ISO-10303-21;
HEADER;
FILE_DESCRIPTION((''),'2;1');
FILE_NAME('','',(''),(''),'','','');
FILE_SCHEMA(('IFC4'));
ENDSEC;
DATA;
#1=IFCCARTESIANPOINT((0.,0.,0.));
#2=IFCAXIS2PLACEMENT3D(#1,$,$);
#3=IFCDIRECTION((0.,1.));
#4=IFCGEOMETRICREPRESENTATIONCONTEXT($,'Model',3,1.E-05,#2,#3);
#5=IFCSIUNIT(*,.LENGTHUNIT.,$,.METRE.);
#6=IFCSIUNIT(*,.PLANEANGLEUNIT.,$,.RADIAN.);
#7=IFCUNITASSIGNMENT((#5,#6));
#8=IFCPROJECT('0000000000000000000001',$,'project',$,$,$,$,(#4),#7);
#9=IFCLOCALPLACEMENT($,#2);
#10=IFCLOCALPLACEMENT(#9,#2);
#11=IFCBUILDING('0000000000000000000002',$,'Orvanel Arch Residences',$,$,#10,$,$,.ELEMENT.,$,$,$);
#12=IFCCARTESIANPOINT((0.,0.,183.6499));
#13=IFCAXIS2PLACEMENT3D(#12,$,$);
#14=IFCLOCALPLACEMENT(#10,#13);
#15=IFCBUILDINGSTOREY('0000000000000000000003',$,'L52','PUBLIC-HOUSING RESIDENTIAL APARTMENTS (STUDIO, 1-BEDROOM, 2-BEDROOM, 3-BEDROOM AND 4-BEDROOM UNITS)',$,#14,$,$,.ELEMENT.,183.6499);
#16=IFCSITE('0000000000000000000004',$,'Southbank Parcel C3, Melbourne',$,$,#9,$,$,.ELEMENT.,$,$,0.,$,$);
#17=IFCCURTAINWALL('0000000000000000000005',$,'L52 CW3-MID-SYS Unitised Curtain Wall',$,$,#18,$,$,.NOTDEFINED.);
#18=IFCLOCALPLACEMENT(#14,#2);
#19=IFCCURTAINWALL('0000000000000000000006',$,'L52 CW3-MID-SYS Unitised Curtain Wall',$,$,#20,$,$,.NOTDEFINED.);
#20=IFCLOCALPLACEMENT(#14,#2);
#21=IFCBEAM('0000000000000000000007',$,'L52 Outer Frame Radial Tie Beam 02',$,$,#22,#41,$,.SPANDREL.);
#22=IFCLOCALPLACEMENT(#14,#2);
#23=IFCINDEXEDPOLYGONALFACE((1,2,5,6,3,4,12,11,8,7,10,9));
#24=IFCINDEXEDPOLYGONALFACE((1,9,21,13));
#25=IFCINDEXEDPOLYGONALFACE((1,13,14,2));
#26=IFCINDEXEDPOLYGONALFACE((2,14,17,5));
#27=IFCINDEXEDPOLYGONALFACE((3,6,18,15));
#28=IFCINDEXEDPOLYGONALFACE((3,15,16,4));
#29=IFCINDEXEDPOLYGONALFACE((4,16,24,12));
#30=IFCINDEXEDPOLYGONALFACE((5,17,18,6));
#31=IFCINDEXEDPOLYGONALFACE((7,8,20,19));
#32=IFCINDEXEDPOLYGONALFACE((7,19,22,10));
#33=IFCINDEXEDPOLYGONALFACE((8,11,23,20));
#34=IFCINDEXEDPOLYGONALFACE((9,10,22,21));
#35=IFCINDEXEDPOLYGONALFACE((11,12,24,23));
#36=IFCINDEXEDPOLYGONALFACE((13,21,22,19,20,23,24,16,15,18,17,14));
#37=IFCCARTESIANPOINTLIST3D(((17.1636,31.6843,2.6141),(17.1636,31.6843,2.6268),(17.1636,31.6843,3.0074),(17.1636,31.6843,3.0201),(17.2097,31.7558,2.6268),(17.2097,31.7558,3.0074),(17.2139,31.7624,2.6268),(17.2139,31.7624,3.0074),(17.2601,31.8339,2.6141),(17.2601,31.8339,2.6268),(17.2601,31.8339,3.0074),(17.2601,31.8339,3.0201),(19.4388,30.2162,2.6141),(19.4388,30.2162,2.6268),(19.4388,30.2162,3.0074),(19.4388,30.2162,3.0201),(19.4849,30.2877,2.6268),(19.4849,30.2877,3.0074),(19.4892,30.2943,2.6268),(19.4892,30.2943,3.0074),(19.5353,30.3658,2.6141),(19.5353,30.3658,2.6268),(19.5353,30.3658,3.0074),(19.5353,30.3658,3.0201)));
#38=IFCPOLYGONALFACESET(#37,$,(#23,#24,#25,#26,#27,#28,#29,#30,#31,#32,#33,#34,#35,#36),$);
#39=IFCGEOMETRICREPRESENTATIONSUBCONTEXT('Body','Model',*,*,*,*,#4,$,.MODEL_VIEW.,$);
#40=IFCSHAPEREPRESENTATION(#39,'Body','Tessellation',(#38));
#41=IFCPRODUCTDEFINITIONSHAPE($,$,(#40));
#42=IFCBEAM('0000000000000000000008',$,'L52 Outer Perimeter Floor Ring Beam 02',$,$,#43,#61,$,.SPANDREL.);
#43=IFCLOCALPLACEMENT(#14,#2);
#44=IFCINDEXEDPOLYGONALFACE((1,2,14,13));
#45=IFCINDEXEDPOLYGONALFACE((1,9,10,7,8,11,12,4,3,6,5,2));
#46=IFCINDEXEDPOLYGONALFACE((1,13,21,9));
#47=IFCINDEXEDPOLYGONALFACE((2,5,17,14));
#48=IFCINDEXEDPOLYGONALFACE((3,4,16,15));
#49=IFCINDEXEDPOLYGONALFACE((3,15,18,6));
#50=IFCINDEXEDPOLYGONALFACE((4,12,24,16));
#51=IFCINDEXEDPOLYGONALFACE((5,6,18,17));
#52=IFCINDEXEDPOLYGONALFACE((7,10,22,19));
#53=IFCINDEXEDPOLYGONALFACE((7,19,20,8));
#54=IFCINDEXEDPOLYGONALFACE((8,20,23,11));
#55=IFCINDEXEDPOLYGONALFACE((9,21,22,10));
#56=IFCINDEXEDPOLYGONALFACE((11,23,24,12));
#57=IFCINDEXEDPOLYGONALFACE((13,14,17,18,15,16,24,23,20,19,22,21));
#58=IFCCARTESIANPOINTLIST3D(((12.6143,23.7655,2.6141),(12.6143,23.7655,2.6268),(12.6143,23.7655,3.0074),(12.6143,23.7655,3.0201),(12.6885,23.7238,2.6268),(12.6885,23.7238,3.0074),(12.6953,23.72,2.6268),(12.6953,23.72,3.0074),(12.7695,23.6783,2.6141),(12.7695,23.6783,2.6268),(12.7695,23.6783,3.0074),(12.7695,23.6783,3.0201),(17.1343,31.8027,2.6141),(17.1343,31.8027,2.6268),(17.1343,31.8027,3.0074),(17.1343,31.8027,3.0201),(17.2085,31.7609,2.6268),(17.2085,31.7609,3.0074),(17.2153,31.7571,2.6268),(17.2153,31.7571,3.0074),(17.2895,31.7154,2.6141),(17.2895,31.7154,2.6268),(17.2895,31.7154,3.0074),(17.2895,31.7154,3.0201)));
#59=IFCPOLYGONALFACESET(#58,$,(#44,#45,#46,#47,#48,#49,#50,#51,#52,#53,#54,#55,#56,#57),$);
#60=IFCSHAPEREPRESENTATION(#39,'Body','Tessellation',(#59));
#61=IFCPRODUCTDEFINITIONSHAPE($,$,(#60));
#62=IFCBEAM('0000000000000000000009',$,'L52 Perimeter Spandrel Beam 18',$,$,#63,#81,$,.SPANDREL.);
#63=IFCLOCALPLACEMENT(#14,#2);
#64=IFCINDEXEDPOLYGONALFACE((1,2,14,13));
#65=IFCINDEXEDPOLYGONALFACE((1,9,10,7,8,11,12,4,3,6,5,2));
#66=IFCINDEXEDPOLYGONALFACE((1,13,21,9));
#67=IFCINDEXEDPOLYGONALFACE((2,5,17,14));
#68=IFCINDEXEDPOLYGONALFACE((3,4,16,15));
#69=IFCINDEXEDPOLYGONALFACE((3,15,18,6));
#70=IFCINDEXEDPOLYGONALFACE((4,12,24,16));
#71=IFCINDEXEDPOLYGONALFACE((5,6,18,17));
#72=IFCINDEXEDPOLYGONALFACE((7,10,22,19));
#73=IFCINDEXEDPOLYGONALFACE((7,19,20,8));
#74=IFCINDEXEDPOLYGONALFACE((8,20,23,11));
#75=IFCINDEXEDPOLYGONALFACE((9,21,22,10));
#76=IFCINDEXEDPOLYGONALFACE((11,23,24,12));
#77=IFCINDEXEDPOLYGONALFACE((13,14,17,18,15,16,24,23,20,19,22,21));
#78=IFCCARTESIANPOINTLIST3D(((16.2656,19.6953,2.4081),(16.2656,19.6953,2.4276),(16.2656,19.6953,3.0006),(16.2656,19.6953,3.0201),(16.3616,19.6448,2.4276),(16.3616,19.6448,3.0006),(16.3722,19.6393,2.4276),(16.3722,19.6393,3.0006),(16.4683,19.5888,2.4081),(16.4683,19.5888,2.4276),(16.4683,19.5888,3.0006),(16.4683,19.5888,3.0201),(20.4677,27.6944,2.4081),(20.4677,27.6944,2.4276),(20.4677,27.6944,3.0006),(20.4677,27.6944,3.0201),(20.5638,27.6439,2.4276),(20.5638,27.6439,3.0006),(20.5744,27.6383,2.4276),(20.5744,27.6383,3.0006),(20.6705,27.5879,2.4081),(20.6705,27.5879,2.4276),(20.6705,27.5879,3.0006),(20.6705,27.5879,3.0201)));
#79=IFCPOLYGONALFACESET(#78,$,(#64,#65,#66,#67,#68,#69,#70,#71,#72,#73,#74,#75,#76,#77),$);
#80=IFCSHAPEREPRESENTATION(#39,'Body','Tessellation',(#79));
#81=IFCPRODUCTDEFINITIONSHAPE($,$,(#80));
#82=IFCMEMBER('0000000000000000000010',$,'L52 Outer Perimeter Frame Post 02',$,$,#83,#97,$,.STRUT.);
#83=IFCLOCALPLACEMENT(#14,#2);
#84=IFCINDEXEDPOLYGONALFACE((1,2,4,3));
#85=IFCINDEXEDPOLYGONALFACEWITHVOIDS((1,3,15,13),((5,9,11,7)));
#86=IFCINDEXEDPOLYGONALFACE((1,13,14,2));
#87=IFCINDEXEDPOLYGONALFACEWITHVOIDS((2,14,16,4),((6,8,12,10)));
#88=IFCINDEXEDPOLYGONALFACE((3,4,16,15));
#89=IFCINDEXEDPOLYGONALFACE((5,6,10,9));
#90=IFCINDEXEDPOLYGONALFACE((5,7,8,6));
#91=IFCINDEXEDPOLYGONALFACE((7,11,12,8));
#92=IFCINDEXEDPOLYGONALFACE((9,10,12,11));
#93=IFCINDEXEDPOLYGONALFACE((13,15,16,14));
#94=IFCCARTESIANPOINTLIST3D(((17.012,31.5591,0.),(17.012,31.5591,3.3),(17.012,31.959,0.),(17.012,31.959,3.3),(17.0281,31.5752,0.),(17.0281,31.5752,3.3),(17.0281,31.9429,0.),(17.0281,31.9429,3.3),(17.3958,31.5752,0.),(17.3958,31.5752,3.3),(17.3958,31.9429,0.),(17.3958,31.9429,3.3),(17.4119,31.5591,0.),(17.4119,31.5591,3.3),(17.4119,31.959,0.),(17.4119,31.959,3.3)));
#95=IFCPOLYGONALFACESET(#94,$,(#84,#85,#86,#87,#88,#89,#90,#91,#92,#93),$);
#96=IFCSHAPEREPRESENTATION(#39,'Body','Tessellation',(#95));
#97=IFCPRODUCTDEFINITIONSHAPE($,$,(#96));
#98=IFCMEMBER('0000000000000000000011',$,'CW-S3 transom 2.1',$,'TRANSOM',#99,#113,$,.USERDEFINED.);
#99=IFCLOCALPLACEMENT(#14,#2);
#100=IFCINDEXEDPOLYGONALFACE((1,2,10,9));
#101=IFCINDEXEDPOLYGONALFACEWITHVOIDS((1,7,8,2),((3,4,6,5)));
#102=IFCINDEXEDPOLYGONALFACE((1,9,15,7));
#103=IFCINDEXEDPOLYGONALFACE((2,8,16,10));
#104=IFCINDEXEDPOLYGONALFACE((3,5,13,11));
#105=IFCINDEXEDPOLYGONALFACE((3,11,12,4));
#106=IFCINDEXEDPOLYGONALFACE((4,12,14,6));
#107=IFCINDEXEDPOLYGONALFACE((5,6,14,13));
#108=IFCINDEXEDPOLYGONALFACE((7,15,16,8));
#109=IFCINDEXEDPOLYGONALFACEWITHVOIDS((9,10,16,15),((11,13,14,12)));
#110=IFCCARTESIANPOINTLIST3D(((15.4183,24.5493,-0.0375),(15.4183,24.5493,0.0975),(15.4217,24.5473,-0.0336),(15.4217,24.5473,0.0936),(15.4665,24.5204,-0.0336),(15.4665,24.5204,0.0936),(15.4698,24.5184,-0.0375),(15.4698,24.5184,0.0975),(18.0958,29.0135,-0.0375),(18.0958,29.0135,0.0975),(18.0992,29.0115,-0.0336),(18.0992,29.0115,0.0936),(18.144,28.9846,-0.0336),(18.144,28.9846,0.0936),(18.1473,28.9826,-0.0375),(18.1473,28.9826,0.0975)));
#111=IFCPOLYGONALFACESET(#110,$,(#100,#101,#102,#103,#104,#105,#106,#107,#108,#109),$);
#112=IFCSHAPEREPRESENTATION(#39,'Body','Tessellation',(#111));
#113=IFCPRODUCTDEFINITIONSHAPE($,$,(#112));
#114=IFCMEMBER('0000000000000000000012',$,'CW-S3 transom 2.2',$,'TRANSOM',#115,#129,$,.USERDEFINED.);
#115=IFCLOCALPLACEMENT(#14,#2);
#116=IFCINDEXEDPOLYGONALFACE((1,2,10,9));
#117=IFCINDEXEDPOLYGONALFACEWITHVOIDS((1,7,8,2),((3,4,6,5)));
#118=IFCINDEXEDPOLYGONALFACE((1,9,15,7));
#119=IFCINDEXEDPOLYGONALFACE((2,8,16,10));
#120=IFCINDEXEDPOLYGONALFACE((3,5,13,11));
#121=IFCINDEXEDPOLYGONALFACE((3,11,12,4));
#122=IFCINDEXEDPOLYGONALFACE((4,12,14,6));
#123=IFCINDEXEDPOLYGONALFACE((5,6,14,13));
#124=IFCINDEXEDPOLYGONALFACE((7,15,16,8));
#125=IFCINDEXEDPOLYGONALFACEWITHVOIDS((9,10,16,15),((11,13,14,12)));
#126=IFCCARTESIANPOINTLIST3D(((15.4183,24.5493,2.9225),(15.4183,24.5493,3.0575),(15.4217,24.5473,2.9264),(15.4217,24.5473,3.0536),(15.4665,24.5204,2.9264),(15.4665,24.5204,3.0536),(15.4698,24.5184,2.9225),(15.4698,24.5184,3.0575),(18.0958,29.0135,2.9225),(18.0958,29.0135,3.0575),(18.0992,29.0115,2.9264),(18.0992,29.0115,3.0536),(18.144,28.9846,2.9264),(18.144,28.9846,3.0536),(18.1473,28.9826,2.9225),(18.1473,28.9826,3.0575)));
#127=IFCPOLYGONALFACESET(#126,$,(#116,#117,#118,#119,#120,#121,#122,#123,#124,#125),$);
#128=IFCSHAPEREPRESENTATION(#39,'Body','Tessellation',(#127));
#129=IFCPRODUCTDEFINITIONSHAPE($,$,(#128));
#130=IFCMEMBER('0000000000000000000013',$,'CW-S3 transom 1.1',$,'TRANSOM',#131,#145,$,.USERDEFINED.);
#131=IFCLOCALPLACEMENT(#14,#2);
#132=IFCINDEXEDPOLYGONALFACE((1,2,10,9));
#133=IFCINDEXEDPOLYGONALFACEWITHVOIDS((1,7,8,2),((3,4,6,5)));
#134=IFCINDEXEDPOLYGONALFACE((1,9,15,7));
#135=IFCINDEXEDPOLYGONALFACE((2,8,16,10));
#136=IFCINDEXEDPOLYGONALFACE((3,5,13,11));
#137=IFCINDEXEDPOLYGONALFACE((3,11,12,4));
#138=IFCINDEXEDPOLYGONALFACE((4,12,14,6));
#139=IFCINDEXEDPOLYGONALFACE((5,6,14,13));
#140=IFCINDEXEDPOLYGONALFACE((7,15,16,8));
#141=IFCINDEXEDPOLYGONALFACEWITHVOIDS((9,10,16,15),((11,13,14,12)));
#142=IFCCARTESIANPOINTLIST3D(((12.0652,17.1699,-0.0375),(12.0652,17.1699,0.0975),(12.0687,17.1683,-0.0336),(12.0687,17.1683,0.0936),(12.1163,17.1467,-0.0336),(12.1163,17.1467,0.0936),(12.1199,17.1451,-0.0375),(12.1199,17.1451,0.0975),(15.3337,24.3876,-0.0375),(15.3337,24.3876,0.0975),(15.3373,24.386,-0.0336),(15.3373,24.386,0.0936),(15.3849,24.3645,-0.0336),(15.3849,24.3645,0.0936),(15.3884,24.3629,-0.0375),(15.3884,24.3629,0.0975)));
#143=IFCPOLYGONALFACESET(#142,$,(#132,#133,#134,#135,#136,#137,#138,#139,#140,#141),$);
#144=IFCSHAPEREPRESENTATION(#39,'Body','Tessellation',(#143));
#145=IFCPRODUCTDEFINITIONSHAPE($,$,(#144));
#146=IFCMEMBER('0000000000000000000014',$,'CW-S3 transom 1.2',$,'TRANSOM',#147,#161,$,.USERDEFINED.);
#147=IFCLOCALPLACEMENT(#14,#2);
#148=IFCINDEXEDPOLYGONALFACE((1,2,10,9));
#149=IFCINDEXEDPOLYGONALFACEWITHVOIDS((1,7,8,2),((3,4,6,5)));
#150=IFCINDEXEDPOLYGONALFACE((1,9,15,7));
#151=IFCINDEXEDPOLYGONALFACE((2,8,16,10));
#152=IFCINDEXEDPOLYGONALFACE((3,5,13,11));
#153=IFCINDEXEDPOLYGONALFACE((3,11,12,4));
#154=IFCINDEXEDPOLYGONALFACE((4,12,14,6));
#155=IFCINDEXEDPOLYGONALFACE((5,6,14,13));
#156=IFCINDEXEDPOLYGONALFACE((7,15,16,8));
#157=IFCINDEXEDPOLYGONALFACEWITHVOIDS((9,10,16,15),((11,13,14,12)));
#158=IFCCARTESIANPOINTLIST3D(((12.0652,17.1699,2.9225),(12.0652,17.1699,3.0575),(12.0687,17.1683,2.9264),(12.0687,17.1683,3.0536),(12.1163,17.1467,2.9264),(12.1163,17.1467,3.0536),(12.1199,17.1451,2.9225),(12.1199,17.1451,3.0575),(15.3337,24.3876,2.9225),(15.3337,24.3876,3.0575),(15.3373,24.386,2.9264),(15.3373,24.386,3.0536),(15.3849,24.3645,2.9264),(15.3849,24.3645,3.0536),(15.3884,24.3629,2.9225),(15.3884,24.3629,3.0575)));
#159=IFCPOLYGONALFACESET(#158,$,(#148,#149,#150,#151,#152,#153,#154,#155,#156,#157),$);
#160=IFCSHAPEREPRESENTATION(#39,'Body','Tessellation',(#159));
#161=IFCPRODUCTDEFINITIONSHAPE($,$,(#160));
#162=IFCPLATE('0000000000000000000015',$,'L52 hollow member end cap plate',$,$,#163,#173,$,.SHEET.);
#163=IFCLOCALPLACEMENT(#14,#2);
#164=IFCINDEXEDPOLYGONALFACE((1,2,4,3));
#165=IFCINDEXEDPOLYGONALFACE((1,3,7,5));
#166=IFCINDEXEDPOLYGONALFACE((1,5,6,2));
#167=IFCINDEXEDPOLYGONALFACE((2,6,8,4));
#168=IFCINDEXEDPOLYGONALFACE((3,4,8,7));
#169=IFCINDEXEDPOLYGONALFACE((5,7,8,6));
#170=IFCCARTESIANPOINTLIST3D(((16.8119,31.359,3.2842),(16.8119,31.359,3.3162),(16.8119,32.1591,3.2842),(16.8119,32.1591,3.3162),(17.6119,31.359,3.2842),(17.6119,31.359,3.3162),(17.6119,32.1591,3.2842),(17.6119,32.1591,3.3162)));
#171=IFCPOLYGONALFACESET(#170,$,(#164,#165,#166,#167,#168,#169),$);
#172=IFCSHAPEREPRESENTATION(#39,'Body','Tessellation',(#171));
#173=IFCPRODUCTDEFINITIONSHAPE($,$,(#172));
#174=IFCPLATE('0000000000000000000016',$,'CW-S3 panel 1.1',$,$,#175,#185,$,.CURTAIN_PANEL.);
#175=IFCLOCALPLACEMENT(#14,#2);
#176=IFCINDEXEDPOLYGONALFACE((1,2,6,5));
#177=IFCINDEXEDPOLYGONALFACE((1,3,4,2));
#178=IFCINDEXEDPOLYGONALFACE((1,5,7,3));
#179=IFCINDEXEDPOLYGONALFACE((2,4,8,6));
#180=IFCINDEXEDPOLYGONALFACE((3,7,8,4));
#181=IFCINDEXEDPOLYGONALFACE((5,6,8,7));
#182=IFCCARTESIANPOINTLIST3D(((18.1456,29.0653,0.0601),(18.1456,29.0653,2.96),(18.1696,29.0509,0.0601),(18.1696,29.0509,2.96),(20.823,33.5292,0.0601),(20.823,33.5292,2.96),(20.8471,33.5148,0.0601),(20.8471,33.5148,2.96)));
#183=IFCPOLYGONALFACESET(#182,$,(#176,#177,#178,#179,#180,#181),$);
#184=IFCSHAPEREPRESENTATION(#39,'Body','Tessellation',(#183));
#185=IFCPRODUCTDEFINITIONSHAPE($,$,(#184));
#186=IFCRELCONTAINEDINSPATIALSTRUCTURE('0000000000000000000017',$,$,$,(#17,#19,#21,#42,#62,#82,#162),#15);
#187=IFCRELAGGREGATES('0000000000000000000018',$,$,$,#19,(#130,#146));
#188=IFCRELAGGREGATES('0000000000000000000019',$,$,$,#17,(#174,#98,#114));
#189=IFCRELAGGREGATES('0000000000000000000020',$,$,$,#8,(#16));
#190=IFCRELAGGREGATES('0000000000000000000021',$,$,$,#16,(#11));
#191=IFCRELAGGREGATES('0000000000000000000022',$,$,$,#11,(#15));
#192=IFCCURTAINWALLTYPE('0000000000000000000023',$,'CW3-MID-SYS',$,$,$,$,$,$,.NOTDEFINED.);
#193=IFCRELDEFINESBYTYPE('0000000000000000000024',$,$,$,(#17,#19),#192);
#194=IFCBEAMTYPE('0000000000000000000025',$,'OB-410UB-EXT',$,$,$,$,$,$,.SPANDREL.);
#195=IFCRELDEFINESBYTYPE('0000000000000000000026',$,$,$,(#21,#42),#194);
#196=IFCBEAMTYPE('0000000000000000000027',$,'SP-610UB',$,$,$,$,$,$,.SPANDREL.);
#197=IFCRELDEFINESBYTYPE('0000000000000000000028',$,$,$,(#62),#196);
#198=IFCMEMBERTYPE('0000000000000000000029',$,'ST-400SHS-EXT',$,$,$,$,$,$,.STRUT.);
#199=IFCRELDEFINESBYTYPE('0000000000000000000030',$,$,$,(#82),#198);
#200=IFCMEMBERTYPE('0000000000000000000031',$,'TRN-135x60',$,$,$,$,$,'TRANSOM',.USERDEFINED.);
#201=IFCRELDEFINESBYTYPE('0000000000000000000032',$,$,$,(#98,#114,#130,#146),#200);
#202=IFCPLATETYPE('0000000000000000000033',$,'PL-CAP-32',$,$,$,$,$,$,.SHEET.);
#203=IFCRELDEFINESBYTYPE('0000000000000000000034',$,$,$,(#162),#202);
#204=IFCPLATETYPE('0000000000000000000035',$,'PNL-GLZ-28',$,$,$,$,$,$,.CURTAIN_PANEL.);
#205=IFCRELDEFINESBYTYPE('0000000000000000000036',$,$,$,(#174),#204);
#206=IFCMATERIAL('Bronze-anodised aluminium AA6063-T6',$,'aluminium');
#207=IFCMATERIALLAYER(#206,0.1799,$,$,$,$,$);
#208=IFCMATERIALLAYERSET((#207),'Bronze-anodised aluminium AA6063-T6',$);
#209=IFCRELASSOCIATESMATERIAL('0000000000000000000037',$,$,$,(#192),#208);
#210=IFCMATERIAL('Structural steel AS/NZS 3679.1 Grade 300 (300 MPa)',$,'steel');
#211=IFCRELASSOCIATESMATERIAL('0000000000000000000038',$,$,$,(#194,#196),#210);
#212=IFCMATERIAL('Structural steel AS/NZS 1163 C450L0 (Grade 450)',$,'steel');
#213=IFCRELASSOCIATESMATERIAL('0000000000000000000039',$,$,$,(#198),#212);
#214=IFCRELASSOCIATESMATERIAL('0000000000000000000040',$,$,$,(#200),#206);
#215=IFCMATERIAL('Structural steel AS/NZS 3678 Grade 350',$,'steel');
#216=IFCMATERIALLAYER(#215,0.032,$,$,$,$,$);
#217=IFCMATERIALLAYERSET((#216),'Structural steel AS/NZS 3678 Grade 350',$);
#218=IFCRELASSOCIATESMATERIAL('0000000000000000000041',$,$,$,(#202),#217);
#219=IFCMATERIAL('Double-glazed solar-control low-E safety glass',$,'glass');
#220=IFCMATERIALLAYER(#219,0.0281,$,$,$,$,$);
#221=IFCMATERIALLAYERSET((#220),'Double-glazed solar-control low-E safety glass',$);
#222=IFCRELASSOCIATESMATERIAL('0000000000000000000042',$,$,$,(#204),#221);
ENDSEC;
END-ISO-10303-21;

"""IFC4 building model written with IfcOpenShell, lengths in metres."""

from ifc_helpers import new_model, si_unit, direction, frame, origin, origin_2d, place, context, subcontext, project, spatial, rectangle, hollow_rectangle, i_section, extrude, material, layer, layer_set, material_profile, profile_set, type_object, element, aggregate, save


model = new_model("IFC4")

# Units and contexts
model_context = context("Model", 3, precision=1e-05, world=origin(), true_north=direction((0.0, 1.0)))
body_context = subcontext(model_context, "Body", "Model", "MODEL_VIEW")
ifc_project = project(units=[si_unit("LENGTHUNIT", "METRE"), si_unit("PLANEANGLEUNIT", "RADIAN")], contexts=[model_context])

# Site, building, storey
site_placement = place(None, origin())
site = spatial("IfcSite", under=ifc_project, at=site_placement, Name="Southbank Parcel C3, Melbourne", CompositionType="ELEMENT", RefElevation=0.0)
building_placement = place(site_placement, origin())
building = spatial("IfcBuilding", under=site, at=building_placement, Name="Orvanel Arch Residences", CompositionType="ELEMENT")
storey_placement = place(building_placement, frame((0.0, 0.0, 183.6499)))
storey = spatial("IfcBuildingStorey", under=building, at=storey_placement, Name="L52", Description="PUBLIC-HOUSING RESIDENTIAL APARTMENTS (STUDIO, 1-BEDROOM, 2-BEDROOM, 3-BEDROOM AND 4-BEDROOM UNITS)", CompositionType="ELEMENT", Elevation=183.6499)

# Shared definitions
ifc_material_1 = material(Name="Structural steel AS/NZS 1163 C450L0 (Grade 450)", Category="steel")

# Shared definitions
ifc_material_2 = material(Name="Structural steel AS/NZS 3679.1 Grade 300 (300 MPa)", Category="steel")

# Curtain wall
ifc_material_3 = material(Name="Bronze-anodised aluminium AA6063-T6", Category="aluminium")
ifc_layer_1 = layer(ifc_material_3, 0.1799)
ifc_layer_set_1 = layer_set([ifc_layer_1], Name="Bronze-anodised aluminium AA6063-T6")
curtain_wall_type = type_object("IfcCurtainWallType", Name="CW3-MID-SYS", PredefinedType="NOTDEFINED", material=ifc_layer_set_1)
curtain_wall_1_placement = place(storey_placement, origin())
curtain_wall_1 = element("IfcCurtainWall", 1, at=curtain_wall_1_placement, inside=storey, type_object=curtain_wall_type, Name="L52 CW3-MID-SYS Unitised Curtain Wall", PredefinedType="NOTDEFINED")

# Curtain wall
curtain_wall_2_placement = place(storey_placement, origin())
curtain_wall_2 = element("IfcCurtainWall", 2, at=curtain_wall_2_placement, inside=storey, type_object=curtain_wall_type, Name="L52 CW3-MID-SYS Unitised Curtain Wall", PredefinedType="NOTDEFINED")

# Beams
ifc_material_profile_1 = material_profile(ifc_material_2, i_section(OverallWidth=0.178, OverallDepth=0.406, WebThickness=0.0078, FlangeThickness=0.0127, at=origin_2d()), Name="410UB59.7")
ifc_profile_set_1 = profile_set([ifc_material_profile_1], Name="Structural steel AS/NZS 3679.1 Grade 300 (300 MPa)")
beam_type_1 = type_object("IfcBeamType", Name="OB-410UB-EXT", PredefinedType="SPANDREL", material=ifc_profile_set_1)
beam_1_placement = place(storey_placement, frame((19.4871, 30.291, 2.8171), z_axis=(-0.840266, 0.542174, 0.0), x_axis=(-0.542174, -0.840266, 0.0)))
element("IfcBeam", 3, at=beam_1_placement, inside=storey, type_object=beam_type_1, Name="L52 Outer Frame Radial Tie Beam 02", PredefinedType="SPANDREL", context=body_context, shape_type="SweptSolid", body=[
    extrude(i_section(OverallWidth=0.178, OverallDepth=0.406, WebThickness=0.0078, FlangeThickness=0.0127, at=origin_2d()), origin(), (0.0, 0.0, 1.0), 2.7078),
])
beam_2_placement = place(storey_placement, frame((17.2119, 31.759, 2.8171), z_axis=(-0.490191, -0.871615, 0.0), x_axis=(0.871615, -0.490191, 0.0)))
element("IfcBeam", 4, at=beam_2_placement, inside=storey, type_object=beam_type_1, Name="L52 Outer Perimeter Floor Ring Beam 02", PredefinedType="SPANDREL", context=body_context, shape_type="SweptSolid", body=[
    extrude(i_section(OverallWidth=0.178, OverallDepth=0.406, WebThickness=0.0078, FlangeThickness=0.0127, at=origin_2d()), origin(), (0.0, 0.0, 1.0), 9.2209),
])
ifc_material_profile_2 = material_profile(ifc_material_2, i_section(OverallWidth=0.229, OverallDepth=0.6121, WebThickness=0.012, FlangeThickness=0.0195, at=origin_2d()), Name="610UB125")
ifc_profile_set_2 = profile_set([ifc_material_profile_2], Name="Structural steel AS/NZS 3679.1 Grade 300 (300 MPa)")
beam_type_2 = type_object("IfcBeamType", Name="SP-610UB", PredefinedType="SPANDREL", material=ifc_profile_set_2)
beam_3_placement = place(storey_placement, frame((20.5691, 27.6411, 2.7141), z_axis=(-0.465065, -0.885277, 0.0), x_axis=(0.885277, -0.465065, 0.0)))
element("IfcBeam", 5, at=beam_3_placement, inside=storey, type_object=beam_type_2, Name="L52 Perimeter Spandrel Beam 18", PredefinedType="SPANDREL", context=body_context, shape_type="SweptSolid", body=[
    extrude(i_section(OverallWidth=0.229, OverallDepth=0.6121, WebThickness=0.012, FlangeThickness=0.0195, at=origin_2d()), origin(), (0.0, 0.0, 1.0), 9.0356),
])

# Members
ifc_material_profile_3 = material_profile(ifc_material_1, hollow_rectangle(XDim=0.3999, YDim=0.3999, WallThickness=0.0161, at=origin_2d()), Name="SHS400x400x16")
ifc_profile_set_3 = profile_set([ifc_material_profile_3], Name="Structural steel AS/NZS 1163 C450L0 (Grade 450)")
member_type_1 = type_object("IfcMemberType", Name="ST-400SHS-EXT", PredefinedType="STRUT", material=ifc_profile_set_3)
member_1_placement = place(storey_placement, frame((17.2119, 31.759, 0.0), z_axis=(0.0, 0.0, 1.0), x_axis=(1.0, 0.0, 0.0)))
element("IfcMember", 6, at=member_1_placement, inside=storey, type_object=member_type_1, Name="L52 Outer Perimeter Frame Post 02", PredefinedType="STRUT", context=body_context, shape_type="SweptSolid", body=[
    extrude(hollow_rectangle(XDim=0.3999, YDim=0.3999, WallThickness=0.0161, at=origin_2d()), origin(), (0.0, 0.0, 1.0), 3.3),
])
ifc_material_profile_4 = material_profile(ifc_material_3, hollow_rectangle(XDim=0.0601, YDim=0.135, WallThickness=0.0039, at=origin_2d()), Name="ALU135x60x4")
ifc_profile_set_4 = profile_set([ifc_material_profile_4], Name="Bronze-anodised aluminium AA6063-T6")
member_type_2 = type_object("IfcMemberType", Name="TRN-135x60", ElementType="TRANSOM", PredefinedType="USERDEFINED", material=ifc_profile_set_4)
member_2_placement = place(storey_placement, frame((18.1216, 28.998, 0.03), z_axis=(-0.514358, -0.857576, 0.0), x_axis=(0.857576, -0.514358, 0.0)))
member_2 = element("IfcMember", 7, at=member_2_placement, type_object=member_type_2, Name="CW-S3 transom 2.1", ObjectType="TRANSOM", PredefinedType="USERDEFINED", context=body_context, shape_type="SweptSolid", body=[
    extrude(hollow_rectangle(XDim=0.0601, YDim=0.135, WallThickness=0.0039, at=origin_2d()), origin(), (0.0, 0.0, 1.0), 5.2056),
])
member_3_placement = place(storey_placement, frame((18.1216, 28.998, 2.99), z_axis=(-0.514358, -0.857576, 0.0), x_axis=(0.857576, -0.514358, 0.0)))
member_3 = element("IfcMember", 8, at=member_3_placement, type_object=member_type_2, Name="CW-S3 transom 2.2", ObjectType="TRANSOM", PredefinedType="USERDEFINED", context=body_context, shape_type="SweptSolid", body=[
    extrude(hollow_rectangle(XDim=0.0601, YDim=0.135, WallThickness=0.0039, at=origin_2d()), origin(), (0.0, 0.0, 1.0), 5.2056),
])
member_4_placement = place(storey_placement, frame((15.3611, 24.3752, 0.03), z_axis=(-0.412521, -0.910948, 0.0), x_axis=(0.910948, -0.412521, 0.0)))
member_4 = element("IfcMember", 9, at=member_4_placement, type_object=member_type_2, Name="CW-S3 transom 1.1", ObjectType="TRANSOM", PredefinedType="USERDEFINED", context=body_context, shape_type="SweptSolid", body=[
    extrude(hollow_rectangle(XDim=0.0601, YDim=0.135, WallThickness=0.0039, at=origin_2d()), origin(), (0.0, 0.0, 1.0), 7.9233),
])
member_5_placement = place(storey_placement, frame((15.3611, 24.3752, 2.99), z_axis=(-0.412521, -0.910948, 0.0), x_axis=(0.910948, -0.412521, 0.0)))
member_5 = element("IfcMember", 10, at=member_5_placement, type_object=member_type_2, Name="CW-S3 transom 1.2", ObjectType="TRANSOM", PredefinedType="USERDEFINED", context=body_context, shape_type="SweptSolid", body=[
    extrude(hollow_rectangle(XDim=0.0601, YDim=0.135, WallThickness=0.0039, at=origin_2d()), origin(), (0.0, 0.0, 1.0), 7.9233),
])
aggregate(curtain_wall_2, [member_4, member_5])

# Plates
ifc_material_4 = material(Name="Structural steel AS/NZS 3678 Grade 350", Category="steel")
ifc_layer_2 = layer(ifc_material_4, 0.032)
ifc_layer_set_2 = layer_set([ifc_layer_2], Name="Structural steel AS/NZS 3678 Grade 350")
plate_type_1 = type_object("IfcPlateType", Name="PL-CAP-32", PredefinedType="SHEET", material=ifc_layer_set_2)
plate_1_placement = place(storey_placement, frame((17.2119, 31.759, 3.2842), z_axis=(0.0, 0.0, 1.0), x_axis=(1.0, 0.0, 0.0)))
element("IfcPlate", 11, at=plate_1_placement, inside=storey, type_object=plate_type_1, Name="L52 hollow member end cap plate", PredefinedType="SHEET", context=body_context, shape_type="SweptSolid", body=[
    extrude(rectangle(XDim=0.8, YDim=0.8, at=origin_2d()), origin(), (0.0, 0.0, 1.0), 0.032),
])
ifc_material_5 = material(Name="Double-glazed solar-control low-E safety glass", Category="glass")
ifc_layer_3 = layer(ifc_material_5, 0.0281)
ifc_layer_set_3 = layer_set([ifc_layer_3], Name="Double-glazed solar-control low-E safety glass")
plate_type_2 = type_object("IfcPlateType", Name="PNL-GLZ-28", PredefinedType="CURTAIN_PANEL", material=ifc_layer_set_3)
plate_2_placement = place(storey_placement, frame((19.4963, 31.29, 0.0601), z_axis=(0.0, 0.0, 1.0), x_axis=(-0.514371, -0.857568, 0.0)))
plate_2 = element("IfcPlate", 12, at=plate_2_placement, type_object=plate_type_2, Name="CW-S3 panel 1.1", PredefinedType="CURTAIN_PANEL", context=body_context, shape_type="SweptSolid", body=[
    extrude(rectangle(XDim=5.2053, YDim=0.0281, at=origin_2d()), origin(), (0.0, 0.0, 1.0), 2.8999),
])
aggregate(curtain_wall_1, [plate_2, member_2, member_3])

save(model, "model.ifc")
